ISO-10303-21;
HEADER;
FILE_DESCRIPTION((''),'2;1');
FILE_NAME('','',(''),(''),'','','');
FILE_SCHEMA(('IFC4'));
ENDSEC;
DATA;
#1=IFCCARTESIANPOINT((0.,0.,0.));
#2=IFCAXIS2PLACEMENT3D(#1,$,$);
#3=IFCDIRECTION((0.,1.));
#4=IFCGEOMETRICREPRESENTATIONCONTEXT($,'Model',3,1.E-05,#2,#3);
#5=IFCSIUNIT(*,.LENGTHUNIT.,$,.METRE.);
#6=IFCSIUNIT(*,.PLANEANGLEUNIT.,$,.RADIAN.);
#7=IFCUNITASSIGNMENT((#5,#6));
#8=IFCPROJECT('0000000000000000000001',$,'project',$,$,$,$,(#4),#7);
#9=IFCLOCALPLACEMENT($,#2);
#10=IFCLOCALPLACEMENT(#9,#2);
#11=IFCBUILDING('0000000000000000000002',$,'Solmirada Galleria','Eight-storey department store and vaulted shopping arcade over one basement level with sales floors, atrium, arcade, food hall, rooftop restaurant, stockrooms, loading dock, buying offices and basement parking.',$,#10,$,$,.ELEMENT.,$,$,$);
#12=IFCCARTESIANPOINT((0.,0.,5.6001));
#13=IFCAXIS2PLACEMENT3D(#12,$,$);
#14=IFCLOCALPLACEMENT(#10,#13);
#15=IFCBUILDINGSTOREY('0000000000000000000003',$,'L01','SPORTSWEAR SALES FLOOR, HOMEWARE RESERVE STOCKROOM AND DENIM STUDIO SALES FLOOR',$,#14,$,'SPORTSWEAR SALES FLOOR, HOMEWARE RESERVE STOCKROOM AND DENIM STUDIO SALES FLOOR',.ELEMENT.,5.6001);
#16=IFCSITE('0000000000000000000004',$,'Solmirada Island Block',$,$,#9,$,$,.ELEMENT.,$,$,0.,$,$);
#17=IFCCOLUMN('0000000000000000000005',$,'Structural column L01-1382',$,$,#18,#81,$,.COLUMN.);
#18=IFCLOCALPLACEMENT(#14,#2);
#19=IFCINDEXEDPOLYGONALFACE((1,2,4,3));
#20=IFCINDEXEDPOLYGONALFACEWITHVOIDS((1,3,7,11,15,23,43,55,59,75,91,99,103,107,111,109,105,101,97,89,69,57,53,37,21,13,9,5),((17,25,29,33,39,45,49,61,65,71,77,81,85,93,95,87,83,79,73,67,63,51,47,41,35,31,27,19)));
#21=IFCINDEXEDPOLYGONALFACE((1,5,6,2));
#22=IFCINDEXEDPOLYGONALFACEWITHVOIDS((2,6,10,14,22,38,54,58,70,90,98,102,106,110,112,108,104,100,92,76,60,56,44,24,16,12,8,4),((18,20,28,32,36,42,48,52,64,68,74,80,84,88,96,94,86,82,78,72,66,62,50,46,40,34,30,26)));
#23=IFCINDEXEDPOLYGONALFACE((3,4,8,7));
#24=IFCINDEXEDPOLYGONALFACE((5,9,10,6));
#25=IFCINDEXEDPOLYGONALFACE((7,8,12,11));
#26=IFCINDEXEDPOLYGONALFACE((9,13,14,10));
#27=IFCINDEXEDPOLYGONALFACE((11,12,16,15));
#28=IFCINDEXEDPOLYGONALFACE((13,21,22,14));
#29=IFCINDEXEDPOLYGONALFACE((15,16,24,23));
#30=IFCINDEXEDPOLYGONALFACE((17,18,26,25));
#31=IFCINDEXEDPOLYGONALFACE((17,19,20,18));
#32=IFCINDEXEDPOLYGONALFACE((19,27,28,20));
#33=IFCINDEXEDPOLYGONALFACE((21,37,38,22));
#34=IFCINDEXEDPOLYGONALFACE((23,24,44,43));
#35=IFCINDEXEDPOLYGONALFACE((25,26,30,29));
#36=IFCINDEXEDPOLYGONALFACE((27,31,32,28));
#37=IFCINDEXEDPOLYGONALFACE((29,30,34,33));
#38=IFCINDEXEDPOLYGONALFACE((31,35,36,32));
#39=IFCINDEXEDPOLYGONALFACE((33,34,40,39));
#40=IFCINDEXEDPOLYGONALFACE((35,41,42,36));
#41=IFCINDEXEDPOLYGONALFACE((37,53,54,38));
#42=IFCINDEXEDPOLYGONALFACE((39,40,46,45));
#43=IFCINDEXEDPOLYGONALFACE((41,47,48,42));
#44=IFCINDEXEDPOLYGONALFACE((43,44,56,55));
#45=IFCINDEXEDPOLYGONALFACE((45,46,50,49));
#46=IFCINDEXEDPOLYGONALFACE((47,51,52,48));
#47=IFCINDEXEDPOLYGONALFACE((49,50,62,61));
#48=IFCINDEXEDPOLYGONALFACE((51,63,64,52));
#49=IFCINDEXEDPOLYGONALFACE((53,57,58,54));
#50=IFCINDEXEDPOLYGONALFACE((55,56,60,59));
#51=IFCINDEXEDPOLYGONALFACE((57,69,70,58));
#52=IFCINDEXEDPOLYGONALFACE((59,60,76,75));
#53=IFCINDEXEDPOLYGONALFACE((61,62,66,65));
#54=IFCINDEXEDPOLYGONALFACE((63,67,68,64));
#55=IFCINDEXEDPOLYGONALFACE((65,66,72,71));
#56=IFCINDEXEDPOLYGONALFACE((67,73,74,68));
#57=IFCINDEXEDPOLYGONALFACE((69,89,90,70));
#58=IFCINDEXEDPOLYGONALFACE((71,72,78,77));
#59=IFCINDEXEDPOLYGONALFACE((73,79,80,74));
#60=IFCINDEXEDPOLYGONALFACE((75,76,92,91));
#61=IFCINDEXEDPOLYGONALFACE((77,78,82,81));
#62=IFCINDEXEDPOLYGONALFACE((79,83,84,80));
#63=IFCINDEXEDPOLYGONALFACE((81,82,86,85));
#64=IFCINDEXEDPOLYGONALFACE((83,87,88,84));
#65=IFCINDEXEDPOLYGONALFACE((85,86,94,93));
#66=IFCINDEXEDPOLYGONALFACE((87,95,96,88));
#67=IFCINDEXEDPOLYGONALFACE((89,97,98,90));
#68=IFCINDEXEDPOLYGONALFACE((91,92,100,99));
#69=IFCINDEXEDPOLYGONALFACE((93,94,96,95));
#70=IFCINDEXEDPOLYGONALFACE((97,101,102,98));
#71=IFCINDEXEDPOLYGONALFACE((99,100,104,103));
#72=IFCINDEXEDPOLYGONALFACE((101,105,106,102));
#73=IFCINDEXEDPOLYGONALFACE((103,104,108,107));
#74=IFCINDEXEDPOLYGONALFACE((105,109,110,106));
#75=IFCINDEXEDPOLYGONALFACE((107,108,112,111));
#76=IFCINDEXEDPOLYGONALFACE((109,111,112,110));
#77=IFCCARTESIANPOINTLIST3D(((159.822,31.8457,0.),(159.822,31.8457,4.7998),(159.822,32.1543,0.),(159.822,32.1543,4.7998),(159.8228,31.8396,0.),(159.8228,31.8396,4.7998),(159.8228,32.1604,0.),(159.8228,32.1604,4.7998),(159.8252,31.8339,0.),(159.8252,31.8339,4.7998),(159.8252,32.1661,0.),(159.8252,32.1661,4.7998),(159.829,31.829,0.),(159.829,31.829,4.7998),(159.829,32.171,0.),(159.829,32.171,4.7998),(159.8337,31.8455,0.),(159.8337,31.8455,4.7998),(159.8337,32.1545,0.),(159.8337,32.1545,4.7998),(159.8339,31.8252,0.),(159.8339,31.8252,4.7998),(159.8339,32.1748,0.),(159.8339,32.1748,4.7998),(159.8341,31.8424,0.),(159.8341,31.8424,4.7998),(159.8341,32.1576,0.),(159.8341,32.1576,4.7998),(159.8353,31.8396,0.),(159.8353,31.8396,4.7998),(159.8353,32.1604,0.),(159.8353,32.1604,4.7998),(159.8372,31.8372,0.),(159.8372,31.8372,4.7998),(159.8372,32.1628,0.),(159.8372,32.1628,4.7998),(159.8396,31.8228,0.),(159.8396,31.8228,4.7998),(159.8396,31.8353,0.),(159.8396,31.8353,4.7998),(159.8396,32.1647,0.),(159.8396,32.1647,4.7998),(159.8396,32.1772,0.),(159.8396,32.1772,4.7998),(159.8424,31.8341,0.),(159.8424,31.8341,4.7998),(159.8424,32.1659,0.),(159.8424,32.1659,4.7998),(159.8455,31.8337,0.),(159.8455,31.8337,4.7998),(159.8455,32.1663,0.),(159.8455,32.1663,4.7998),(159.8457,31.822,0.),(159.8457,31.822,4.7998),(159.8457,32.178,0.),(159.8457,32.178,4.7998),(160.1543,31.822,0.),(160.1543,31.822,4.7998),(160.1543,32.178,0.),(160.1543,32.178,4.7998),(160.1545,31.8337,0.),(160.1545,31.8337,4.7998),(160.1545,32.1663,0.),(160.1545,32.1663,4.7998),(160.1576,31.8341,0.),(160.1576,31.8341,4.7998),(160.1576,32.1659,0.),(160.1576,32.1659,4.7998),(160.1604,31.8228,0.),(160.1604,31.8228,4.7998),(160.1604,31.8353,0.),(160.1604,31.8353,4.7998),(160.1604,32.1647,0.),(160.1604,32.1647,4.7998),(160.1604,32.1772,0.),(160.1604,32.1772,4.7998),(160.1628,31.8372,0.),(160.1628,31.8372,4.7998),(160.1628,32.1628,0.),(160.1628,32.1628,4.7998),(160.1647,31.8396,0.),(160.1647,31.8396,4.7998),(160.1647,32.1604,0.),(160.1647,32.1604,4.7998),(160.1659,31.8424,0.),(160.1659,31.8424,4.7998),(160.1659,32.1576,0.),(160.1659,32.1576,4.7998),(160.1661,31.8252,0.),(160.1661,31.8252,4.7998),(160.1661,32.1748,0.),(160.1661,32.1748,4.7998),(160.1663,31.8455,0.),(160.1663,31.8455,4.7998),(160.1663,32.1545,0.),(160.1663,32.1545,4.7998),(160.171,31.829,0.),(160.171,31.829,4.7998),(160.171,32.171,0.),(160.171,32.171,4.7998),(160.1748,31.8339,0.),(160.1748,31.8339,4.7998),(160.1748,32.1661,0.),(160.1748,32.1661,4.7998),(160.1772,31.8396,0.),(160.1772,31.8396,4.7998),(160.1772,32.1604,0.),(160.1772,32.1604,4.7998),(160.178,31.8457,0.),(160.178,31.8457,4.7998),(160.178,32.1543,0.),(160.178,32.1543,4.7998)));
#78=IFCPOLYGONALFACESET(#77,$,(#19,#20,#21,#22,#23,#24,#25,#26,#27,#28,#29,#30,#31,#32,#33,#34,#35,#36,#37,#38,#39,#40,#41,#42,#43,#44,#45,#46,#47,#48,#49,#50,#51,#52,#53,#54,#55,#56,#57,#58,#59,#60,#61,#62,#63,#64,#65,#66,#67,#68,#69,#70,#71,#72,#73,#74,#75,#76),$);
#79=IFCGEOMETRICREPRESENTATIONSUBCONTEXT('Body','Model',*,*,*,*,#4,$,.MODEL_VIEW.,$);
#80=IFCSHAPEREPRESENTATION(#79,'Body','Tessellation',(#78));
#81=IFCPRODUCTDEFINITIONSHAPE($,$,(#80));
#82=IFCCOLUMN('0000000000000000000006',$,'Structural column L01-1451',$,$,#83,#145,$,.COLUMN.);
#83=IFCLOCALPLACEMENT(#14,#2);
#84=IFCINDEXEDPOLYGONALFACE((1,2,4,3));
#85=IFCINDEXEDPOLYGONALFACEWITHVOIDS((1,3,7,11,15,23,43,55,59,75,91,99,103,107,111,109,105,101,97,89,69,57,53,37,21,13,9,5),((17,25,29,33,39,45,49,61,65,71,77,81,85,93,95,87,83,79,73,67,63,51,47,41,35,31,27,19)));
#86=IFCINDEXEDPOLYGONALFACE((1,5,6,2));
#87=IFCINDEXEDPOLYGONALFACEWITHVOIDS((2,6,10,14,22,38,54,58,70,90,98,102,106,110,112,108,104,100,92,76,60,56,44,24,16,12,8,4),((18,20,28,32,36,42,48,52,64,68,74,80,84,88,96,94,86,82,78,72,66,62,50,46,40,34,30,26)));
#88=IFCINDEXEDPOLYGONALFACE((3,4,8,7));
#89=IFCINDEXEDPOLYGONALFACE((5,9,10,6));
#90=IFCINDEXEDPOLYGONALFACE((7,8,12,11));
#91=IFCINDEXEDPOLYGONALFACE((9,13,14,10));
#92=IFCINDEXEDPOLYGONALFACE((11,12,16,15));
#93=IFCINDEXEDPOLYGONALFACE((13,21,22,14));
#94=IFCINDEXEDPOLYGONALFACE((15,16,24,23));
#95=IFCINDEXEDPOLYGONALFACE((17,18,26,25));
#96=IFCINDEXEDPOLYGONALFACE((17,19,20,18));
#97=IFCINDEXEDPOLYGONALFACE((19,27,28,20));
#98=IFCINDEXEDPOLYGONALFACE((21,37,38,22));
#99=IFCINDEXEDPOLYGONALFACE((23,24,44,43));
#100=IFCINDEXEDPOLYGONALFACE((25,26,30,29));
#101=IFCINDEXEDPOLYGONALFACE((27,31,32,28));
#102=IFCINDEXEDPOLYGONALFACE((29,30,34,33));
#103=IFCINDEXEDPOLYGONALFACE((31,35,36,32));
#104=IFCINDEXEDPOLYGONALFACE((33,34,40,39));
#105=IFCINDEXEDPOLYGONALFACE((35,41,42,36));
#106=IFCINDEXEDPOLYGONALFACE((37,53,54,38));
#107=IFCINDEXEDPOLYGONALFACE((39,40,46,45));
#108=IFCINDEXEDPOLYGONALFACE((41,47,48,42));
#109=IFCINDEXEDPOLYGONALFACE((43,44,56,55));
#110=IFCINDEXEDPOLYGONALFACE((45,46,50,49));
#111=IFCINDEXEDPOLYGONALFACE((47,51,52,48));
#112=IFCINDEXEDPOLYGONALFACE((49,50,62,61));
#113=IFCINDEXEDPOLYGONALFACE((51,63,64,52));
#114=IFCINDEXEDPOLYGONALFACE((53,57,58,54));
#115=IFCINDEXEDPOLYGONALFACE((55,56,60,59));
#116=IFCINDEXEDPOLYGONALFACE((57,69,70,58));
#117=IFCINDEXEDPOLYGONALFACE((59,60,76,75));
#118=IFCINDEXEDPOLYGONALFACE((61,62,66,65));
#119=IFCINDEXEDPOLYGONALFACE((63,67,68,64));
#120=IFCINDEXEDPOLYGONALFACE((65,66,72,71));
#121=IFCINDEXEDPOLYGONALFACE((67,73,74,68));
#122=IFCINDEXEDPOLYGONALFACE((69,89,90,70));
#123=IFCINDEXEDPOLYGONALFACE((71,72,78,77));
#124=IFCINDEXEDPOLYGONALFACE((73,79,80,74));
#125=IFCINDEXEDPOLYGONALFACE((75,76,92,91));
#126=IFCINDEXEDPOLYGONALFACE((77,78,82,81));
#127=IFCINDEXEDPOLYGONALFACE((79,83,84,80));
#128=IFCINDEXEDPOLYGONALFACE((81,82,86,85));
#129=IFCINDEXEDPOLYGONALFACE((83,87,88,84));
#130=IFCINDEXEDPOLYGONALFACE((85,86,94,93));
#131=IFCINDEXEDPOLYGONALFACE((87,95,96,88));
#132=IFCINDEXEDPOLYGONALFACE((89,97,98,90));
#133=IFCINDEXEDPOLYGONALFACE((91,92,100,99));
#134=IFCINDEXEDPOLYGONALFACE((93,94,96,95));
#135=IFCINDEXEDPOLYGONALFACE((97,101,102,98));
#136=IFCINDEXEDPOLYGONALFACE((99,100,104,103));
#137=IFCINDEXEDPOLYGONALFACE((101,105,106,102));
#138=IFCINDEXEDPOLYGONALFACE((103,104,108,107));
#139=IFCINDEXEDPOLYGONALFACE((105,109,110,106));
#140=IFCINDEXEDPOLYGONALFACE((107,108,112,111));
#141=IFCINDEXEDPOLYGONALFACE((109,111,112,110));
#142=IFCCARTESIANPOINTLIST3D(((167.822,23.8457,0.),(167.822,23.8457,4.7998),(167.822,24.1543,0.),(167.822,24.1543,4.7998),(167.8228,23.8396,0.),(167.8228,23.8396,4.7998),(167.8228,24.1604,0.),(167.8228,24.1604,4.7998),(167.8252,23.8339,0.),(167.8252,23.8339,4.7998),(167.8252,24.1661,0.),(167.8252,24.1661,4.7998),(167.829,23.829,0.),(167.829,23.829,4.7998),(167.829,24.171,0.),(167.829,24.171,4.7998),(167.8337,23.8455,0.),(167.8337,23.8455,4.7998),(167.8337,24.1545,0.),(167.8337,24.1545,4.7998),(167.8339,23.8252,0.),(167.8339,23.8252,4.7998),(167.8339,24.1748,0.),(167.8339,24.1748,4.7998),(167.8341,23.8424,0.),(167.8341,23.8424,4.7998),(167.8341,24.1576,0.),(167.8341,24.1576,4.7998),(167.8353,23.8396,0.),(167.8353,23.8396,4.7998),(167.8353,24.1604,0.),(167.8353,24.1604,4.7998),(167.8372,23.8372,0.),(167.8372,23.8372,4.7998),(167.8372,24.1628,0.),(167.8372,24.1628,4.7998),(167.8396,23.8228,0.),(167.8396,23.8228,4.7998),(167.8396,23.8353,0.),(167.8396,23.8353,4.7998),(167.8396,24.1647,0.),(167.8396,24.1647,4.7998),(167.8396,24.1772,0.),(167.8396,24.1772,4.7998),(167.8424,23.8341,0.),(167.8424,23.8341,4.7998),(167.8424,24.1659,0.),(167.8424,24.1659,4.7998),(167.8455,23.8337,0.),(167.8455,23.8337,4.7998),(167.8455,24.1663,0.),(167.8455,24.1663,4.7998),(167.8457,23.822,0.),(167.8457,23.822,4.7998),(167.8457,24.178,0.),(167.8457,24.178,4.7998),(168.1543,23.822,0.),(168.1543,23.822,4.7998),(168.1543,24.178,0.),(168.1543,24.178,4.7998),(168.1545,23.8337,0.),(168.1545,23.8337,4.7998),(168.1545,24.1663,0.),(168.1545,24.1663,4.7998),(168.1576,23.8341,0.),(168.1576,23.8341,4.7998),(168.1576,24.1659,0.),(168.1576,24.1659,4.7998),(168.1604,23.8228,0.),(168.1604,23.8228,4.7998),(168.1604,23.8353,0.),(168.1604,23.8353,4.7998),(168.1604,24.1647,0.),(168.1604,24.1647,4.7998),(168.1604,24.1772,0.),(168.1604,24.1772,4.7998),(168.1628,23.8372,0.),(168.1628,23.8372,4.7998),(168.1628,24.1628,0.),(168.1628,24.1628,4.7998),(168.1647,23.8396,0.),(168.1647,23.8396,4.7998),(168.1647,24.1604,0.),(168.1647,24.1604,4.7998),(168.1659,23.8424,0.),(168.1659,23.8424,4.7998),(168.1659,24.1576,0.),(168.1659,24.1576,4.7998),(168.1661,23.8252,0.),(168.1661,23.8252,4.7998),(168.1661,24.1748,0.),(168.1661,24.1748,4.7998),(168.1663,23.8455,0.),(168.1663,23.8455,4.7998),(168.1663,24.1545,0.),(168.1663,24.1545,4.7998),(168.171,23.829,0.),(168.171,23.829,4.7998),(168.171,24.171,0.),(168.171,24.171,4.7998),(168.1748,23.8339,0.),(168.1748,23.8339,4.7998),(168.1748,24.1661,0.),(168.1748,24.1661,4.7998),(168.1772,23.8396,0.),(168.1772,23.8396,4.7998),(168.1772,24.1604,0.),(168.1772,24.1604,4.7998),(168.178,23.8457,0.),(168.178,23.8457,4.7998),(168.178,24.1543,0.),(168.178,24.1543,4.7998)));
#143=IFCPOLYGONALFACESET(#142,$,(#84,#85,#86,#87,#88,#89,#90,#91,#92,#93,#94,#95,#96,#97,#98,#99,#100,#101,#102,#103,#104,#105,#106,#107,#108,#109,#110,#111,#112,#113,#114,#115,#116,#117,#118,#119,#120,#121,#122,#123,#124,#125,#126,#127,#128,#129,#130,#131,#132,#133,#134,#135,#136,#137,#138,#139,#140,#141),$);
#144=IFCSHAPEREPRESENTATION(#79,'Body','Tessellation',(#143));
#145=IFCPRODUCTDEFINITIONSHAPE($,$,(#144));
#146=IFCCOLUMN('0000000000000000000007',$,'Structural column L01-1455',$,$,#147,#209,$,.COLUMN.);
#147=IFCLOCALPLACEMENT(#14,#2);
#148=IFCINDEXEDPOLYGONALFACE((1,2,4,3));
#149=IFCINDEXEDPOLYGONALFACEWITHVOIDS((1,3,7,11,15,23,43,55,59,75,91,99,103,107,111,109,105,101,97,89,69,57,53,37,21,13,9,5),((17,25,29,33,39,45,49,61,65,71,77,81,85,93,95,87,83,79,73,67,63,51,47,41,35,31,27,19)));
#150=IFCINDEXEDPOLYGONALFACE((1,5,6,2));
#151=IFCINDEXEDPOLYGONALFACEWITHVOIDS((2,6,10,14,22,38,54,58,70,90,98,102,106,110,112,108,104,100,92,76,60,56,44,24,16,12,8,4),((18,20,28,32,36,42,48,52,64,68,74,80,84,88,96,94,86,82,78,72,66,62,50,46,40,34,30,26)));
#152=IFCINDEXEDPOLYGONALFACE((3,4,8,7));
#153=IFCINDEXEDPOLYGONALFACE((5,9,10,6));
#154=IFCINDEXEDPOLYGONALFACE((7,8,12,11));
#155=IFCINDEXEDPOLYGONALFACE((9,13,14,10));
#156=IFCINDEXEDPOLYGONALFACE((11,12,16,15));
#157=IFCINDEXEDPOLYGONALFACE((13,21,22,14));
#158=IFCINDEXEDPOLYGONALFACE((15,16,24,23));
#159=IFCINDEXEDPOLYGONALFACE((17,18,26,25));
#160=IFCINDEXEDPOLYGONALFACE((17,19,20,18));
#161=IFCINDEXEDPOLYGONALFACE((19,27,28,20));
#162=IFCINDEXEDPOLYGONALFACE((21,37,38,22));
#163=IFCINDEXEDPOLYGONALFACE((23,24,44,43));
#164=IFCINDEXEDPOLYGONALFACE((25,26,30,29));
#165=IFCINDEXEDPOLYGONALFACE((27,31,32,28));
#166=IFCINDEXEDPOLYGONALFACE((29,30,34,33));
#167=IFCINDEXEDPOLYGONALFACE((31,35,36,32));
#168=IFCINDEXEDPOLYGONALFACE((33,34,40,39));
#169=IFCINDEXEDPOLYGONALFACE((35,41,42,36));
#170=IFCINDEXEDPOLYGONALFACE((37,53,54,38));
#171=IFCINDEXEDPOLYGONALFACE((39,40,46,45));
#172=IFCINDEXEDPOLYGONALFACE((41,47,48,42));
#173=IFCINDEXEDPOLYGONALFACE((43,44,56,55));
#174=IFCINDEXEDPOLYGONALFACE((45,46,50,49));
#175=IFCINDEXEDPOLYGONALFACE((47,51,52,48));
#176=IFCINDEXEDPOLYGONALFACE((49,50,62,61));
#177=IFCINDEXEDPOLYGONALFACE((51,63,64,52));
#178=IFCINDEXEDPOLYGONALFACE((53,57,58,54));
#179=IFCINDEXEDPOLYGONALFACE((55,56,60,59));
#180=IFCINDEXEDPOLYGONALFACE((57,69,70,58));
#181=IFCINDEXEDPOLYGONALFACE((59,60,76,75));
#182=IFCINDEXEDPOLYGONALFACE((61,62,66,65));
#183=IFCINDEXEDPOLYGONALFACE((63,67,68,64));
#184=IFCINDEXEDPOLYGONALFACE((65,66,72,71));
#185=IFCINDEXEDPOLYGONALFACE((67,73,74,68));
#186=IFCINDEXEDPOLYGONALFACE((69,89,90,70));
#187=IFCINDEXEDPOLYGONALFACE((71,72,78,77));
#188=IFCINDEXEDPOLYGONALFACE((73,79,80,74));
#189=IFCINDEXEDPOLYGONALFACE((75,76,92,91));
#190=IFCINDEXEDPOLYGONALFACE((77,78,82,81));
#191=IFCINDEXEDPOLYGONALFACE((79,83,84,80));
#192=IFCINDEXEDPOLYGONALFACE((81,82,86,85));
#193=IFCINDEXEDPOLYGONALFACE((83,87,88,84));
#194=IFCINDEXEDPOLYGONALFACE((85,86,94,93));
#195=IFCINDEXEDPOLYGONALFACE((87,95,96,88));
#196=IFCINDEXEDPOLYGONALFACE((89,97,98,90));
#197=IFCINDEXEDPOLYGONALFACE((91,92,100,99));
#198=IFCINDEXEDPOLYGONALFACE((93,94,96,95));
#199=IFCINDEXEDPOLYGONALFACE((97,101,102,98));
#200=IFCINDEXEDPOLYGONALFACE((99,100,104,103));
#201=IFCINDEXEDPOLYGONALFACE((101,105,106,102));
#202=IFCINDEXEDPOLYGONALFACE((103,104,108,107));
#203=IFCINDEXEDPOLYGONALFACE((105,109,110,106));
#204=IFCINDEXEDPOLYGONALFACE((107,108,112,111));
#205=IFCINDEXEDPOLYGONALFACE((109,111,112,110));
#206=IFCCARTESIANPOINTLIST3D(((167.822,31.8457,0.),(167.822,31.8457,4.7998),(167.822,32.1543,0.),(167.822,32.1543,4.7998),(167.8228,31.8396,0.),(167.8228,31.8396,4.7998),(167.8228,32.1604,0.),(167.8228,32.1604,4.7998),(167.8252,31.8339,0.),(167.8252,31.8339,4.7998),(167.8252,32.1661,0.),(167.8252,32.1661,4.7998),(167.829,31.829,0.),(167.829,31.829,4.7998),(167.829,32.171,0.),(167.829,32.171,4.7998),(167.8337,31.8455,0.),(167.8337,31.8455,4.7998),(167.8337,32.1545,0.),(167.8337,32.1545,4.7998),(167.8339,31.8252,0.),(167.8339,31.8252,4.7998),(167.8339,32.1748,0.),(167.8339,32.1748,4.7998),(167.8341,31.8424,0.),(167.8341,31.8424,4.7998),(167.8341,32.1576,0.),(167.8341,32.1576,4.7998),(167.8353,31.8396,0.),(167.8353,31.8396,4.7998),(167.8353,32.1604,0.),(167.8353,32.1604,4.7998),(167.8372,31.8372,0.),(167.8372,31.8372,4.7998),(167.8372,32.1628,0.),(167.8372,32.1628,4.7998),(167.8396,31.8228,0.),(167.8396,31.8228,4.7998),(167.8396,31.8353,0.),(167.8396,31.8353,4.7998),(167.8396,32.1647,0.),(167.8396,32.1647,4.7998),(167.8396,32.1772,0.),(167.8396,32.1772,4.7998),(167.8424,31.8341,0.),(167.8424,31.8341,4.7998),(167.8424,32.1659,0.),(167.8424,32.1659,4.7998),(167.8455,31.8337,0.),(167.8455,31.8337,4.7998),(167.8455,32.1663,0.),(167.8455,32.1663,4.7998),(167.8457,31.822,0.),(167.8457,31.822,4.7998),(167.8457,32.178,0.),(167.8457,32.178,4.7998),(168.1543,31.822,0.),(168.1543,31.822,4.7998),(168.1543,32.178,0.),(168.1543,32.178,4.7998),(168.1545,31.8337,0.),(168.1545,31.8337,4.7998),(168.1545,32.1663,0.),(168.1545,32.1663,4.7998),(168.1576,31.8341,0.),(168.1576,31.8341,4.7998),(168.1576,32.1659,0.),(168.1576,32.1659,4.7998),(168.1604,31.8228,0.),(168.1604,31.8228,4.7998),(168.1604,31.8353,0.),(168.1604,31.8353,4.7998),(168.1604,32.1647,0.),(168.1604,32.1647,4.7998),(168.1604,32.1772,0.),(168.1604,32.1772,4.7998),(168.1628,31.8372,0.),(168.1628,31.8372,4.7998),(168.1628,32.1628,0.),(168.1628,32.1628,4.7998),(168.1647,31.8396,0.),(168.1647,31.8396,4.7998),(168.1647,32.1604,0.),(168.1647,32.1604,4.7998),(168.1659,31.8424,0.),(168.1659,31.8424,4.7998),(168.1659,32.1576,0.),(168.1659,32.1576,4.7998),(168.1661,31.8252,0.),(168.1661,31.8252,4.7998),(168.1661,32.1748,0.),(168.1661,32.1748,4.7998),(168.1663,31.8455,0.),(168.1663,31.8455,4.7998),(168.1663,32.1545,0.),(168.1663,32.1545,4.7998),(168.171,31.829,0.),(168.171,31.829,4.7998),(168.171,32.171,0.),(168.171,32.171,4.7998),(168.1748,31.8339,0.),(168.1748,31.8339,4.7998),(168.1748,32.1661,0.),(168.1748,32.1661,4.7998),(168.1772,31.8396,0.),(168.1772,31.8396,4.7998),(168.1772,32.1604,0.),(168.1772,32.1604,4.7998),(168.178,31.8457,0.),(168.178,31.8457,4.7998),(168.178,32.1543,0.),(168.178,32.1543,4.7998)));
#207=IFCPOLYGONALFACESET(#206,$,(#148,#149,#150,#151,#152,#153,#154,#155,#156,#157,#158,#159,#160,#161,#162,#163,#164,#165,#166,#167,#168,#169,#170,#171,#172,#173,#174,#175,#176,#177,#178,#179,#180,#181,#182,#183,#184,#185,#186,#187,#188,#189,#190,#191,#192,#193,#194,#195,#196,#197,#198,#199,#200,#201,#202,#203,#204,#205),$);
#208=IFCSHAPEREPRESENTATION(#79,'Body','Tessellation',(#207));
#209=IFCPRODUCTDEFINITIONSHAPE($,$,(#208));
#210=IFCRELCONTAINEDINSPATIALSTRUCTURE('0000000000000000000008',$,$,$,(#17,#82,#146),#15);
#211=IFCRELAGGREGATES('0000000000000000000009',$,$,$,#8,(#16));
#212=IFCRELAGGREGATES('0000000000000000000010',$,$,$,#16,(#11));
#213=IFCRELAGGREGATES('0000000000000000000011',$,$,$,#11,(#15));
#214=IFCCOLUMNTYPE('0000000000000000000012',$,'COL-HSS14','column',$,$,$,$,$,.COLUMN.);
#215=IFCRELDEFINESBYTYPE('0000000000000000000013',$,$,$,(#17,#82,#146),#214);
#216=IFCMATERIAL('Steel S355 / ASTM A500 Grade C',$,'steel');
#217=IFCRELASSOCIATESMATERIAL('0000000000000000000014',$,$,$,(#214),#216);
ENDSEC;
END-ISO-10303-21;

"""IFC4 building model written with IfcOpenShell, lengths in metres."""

from ifc_helpers import new_model, si_unit, direction, frame, origin, origin_2d, place, context, subcontext, project, spatial, hollow_rectangle, extrude, material, material_profile, profile_set, type_object, element, save


model = new_model("IFC4")

# Units and contexts
model_context = context("Model", 3, precision=1e-05, world=origin(), true_north=direction((0.0, 1.0)))
body_context = subcontext(model_context, "Body", "Model", "MODEL_VIEW")
ifc_project = project(units=[si_unit("LENGTHUNIT", "METRE"), si_unit("PLANEANGLEUNIT", "RADIAN")], contexts=[model_context])

# Site, building, storey
site_placement = place(None, origin())
site = spatial("IfcSite", under=ifc_project, at=site_placement, Name="Solmirada Island Block", CompositionType="ELEMENT", RefElevation=0.0)
building_placement = place(site_placement, origin())
building = spatial("IfcBuilding", under=site, at=building_placement, Name="Solmirada Galleria", Description="Eight-storey department store and vaulted shopping arcade over one basement level with sales floors, atrium, arcade, food hall, rooftop restaurant, stockrooms, loading dock, buying offices and basement parking.", CompositionType="ELEMENT")
storey_placement = place(building_placement, frame((0.0, 0.0, 5.6001)))
storey = spatial("IfcBuildingStorey", under=building, at=storey_placement, Name="L01", Description="SPORTSWEAR SALES FLOOR, HOMEWARE RESERVE STOCKROOM AND DENIM STUDIO SALES FLOOR", LongName="SPORTSWEAR SALES FLOOR, HOMEWARE RESERVE STOCKROOM AND DENIM STUDIO SALES FLOOR", CompositionType="ELEMENT", Elevation=5.6001)

# Columns
ifc_material_1 = material(Name="Steel S355 / ASTM A500 Grade C", Category="steel")
ifc_material_profile_1 = material_profile(ifc_material_1, hollow_rectangle(XDim=0.356, YDim=0.356, WallThickness=0.0117, InnerFilletRadius=0.0117, OuterFilletRadius=0.0237, at=origin_2d()), Name="HSS14X14X1/2")
ifc_profile_set_1 = profile_set([ifc_material_profile_1], Name="Steel S355 / ASTM A500 Grade C")
column_type = type_object("IfcColumnType", Name="COL-HSS14", Description="column", PredefinedType="COLUMN", material=ifc_profile_set_1)
for number, where, z_axis, x_axis, name in (
    (1, (160.0, 32.0, 0.0), (0.0, 0.0, 1.0), (1.0, 0.0, 0.0), "Structural column L01-1382"),
    (2, (168.0, 24.0, 0.0), (0.0, 0.0, 1.0), (1.0, 0.0, 0.0), "Structural column L01-1451"),
    (3, (168.0, 32.0, 0.0), (0.0, 0.0, 1.0), (1.0, 0.0, 0.0), "Structural column L01-1455"),
):
    element("IfcColumn", number, at=place(storey_placement, frame(where, z_axis=z_axis, x_axis=x_axis)), inside=storey, type_object=column_type, Name=name, PredefinedType="COLUMN", context=body_context, shape_type="SweptSolid", body=[
        extrude(hollow_rectangle(XDim=0.356, YDim=0.356, WallThickness=0.0117, InnerFilletRadius=0.0117, OuterFilletRadius=0.0237, at=origin_2d()), origin(), (0.0, 0.0, 1.0), 4.7998),
    ])

save(model, "model.ifc")
